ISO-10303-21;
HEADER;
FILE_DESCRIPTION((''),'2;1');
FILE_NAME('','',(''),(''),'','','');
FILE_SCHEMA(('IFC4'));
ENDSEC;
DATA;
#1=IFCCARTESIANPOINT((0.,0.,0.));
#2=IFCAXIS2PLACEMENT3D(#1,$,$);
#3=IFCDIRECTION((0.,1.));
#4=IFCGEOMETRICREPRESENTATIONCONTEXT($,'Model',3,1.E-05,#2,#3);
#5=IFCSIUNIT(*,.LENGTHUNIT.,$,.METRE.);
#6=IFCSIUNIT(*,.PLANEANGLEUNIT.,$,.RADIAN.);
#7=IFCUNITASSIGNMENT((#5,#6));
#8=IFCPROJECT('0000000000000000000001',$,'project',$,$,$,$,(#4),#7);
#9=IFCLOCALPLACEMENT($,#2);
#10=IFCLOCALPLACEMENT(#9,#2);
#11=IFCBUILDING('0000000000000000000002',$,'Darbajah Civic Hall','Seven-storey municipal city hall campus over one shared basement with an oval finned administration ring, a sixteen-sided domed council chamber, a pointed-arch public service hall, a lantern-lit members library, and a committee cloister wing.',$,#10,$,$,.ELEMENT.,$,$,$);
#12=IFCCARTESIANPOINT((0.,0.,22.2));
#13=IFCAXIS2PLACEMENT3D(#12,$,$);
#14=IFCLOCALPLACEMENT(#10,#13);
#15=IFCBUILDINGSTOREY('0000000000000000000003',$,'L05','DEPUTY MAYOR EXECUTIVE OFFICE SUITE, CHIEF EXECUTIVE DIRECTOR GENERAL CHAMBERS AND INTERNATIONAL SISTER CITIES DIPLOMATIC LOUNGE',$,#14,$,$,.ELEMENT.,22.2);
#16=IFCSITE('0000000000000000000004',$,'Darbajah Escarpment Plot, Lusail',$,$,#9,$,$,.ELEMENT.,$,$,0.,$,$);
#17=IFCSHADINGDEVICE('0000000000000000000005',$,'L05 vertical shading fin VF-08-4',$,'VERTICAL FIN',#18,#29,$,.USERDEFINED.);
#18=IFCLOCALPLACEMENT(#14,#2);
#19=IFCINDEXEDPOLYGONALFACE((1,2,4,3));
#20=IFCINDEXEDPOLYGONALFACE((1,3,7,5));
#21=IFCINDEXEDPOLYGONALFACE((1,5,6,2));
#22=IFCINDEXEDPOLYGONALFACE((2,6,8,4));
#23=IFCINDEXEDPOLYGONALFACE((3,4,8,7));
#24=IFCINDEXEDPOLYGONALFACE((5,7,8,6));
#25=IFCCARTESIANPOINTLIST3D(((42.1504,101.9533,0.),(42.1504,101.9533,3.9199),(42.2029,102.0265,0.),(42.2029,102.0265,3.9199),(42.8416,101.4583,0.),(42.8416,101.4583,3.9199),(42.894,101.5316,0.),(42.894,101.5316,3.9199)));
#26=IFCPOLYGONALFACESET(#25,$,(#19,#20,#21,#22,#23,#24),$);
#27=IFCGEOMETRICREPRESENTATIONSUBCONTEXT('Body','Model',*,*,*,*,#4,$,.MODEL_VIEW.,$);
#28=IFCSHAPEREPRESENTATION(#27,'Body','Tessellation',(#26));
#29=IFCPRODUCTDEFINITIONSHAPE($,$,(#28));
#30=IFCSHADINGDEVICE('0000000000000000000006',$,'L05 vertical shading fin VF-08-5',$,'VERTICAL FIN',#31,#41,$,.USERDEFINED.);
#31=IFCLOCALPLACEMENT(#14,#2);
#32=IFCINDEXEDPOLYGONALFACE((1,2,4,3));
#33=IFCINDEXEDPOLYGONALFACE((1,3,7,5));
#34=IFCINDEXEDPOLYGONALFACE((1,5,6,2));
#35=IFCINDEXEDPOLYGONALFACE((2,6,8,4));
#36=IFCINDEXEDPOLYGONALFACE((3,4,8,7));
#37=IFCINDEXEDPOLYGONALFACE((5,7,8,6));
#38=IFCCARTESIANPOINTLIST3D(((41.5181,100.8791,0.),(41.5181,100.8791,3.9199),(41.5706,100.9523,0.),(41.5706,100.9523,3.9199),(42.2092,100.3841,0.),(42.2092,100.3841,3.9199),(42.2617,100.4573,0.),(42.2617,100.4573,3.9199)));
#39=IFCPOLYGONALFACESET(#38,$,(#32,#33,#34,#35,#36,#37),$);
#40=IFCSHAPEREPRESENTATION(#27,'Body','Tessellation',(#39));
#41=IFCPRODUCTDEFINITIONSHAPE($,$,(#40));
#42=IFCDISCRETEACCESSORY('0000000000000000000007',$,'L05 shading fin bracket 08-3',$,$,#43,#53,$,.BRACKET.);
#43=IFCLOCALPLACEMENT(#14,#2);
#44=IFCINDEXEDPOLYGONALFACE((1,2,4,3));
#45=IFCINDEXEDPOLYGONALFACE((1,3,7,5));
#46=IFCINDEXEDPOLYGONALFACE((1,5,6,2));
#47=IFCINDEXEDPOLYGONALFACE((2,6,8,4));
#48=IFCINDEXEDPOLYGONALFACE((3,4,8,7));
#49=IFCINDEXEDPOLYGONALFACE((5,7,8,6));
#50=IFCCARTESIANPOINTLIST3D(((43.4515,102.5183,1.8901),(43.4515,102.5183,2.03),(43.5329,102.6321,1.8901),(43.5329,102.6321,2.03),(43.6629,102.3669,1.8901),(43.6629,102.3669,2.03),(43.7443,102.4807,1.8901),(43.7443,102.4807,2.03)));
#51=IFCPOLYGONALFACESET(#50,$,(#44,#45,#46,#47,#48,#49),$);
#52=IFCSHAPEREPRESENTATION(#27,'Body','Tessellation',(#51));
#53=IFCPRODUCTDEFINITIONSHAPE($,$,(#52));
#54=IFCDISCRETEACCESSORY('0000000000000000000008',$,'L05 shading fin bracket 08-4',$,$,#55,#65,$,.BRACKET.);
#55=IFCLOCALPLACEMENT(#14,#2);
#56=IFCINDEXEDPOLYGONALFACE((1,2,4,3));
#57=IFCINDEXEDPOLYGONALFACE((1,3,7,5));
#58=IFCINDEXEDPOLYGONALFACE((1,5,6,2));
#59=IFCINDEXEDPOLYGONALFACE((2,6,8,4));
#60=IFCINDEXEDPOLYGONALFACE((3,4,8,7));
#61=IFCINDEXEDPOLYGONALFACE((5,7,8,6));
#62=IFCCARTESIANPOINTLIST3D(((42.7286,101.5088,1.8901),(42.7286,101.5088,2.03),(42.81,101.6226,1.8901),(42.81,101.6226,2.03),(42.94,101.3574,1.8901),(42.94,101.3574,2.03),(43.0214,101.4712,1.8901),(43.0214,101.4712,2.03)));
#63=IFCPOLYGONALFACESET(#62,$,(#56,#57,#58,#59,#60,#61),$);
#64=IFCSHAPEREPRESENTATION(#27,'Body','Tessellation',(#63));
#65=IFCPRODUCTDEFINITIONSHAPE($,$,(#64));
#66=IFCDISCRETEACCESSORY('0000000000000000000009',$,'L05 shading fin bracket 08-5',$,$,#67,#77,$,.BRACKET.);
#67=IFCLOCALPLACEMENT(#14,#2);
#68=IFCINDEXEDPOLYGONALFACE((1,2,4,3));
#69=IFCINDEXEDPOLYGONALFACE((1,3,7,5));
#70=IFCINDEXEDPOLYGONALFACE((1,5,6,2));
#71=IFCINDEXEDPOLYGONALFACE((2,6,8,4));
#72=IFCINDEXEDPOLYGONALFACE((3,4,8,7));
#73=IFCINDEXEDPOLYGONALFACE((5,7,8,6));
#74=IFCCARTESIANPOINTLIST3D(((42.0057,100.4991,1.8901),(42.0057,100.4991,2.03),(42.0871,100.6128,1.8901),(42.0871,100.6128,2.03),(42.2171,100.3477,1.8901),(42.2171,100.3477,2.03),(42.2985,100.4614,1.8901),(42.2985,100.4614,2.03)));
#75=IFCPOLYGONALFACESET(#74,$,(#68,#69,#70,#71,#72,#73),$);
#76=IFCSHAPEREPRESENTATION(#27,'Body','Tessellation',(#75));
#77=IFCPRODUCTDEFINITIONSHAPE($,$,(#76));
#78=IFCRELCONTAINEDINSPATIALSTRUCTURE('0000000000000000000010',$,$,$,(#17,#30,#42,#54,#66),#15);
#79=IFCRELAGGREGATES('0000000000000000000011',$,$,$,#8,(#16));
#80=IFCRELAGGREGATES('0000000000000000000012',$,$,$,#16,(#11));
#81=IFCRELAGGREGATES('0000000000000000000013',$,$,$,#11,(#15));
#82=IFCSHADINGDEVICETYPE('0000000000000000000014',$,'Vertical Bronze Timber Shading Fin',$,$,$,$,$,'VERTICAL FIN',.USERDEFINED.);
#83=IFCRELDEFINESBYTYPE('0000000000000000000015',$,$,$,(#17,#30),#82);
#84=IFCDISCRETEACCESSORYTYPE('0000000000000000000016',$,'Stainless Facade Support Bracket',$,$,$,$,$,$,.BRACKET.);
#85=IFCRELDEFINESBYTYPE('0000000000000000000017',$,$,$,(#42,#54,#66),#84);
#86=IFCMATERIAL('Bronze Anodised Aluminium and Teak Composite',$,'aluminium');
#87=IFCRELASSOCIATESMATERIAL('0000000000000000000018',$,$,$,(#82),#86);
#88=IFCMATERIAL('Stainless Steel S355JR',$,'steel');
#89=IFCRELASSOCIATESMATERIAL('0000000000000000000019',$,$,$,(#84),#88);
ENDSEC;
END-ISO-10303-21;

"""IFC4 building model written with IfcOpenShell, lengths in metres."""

from ifc_helpers import new_model, si_unit, direction, frame, origin, origin_2d, place, context, subcontext, project, spatial, rectangle, extrude, material, type_object, element, save


model = new_model("IFC4")

# Units and contexts
model_context = context("Model", 3, precision=1e-05, world=origin(), true_north=direction((0.0, 1.0)))
body_context = subcontext(model_context, "Body", "Model", "MODEL_VIEW")
ifc_project = project(units=[si_unit("LENGTHUNIT", "METRE"), si_unit("PLANEANGLEUNIT", "RADIAN")], contexts=[model_context])

# Site, building, storey
site_placement = place(None, origin())
site = spatial("IfcSite", under=ifc_project, at=site_placement, Name="Darbajah Escarpment Plot, Lusail", CompositionType="ELEMENT", RefElevation=0.0)
building_placement = place(site_placement, origin())
building = spatial("IfcBuilding", under=site, at=building_placement, Name="Darbajah Civic Hall", Description="Seven-storey municipal city hall campus over one shared basement with an oval finned administration ring, a sixteen-sided domed council chamber, a pointed-arch public service hall, a lantern-lit members library, and a committee cloister wing.", CompositionType="ELEMENT")
storey_placement = place(building_placement, frame((0.0, 0.0, 22.2)))
storey = spatial("IfcBuildingStorey", under=building, at=storey_placement, Name="L05", Description="DEPUTY MAYOR EXECUTIVE OFFICE SUITE, CHIEF EXECUTIVE DIRECTOR GENERAL CHAMBERS AND INTERNATIONAL SISTER CITIES DIPLOMATIC LOUNGE", CompositionType="ELEMENT", Elevation=22.2)

# Shading devices
ifc_material_1 = material(Name="Bronze Anodised Aluminium and Teak Composite", Category="aluminium")
shading_device_type = type_object("IfcShadingDeviceType", Name="Vertical Bronze Timber Shading Fin", ElementType="VERTICAL FIN", PredefinedType="USERDEFINED", material=ifc_material_1)
for number, where, z_axis, x_axis, name in (
    (1, (42.5222, 101.7424, 0.0), (0.0, 0.0, 1.0), (-0.812999, 0.582265, 0.0), "L05 vertical shading fin VF-08-4"),
    (2, (41.8899, 100.6682, 0.0), (0.0, 0.0, 1.0), (-0.812999, 0.582265, 0.0), "L05 vertical shading fin VF-08-5"),
):
    element("IfcShadingDevice", number, at=place(storey_placement, frame(where, z_axis=z_axis, x_axis=x_axis)), inside=storey, type_object=shading_device_type, Name=name, ObjectType="VERTICAL FIN", PredefinedType="USERDEFINED", context=body_context, shape_type="SweptSolid", body=[
        extrude(rectangle(XDim=0.8501, YDim=0.0901, at=origin_2d()), origin(), (0.0, 0.0, 1.0), 3.9199),
    ])

# Discrete accessories
ifc_material_2 = material(Name="Stainless Steel S355JR", Category="steel")
discrete_accessory_type = type_object("IfcDiscreteAccessoryType", Name="Stainless Facade Support Bracket", PredefinedType="BRACKET", material=ifc_material_2)
for number, where, z_axis, x_axis, name in (
    (3, (43.5979, 102.4995, 1.8901), (0.0, 0.0, 1.0), (-0.812999, 0.582265, 0.0), "L05 shading fin bracket 08-3"),
    (4, (42.875, 101.49, 1.8901), (0.0, 0.0, 1.0), (-0.812999, 0.582265, 0.0), "L05 shading fin bracket 08-4"),
    (5, (42.1521, 100.4802, 1.8901), (0.0, 0.0, 1.0), (-0.812999, 0.582265, 0.0), "L05 shading fin bracket 08-5"),
):
    element("IfcDiscreteAccessory", number, at=place(storey_placement, frame(where, z_axis=z_axis, x_axis=x_axis)), inside=storey, type_object=discrete_accessory_type, Name=name, PredefinedType="BRACKET", context=body_context, shape_type="SweptSolid", body=[
        extrude(rectangle(XDim=0.26, YDim=0.1399, at=origin_2d()), origin(), (0.0, 0.0, 1.0), 0.1399),
    ])

save(model, "model.ifc")
